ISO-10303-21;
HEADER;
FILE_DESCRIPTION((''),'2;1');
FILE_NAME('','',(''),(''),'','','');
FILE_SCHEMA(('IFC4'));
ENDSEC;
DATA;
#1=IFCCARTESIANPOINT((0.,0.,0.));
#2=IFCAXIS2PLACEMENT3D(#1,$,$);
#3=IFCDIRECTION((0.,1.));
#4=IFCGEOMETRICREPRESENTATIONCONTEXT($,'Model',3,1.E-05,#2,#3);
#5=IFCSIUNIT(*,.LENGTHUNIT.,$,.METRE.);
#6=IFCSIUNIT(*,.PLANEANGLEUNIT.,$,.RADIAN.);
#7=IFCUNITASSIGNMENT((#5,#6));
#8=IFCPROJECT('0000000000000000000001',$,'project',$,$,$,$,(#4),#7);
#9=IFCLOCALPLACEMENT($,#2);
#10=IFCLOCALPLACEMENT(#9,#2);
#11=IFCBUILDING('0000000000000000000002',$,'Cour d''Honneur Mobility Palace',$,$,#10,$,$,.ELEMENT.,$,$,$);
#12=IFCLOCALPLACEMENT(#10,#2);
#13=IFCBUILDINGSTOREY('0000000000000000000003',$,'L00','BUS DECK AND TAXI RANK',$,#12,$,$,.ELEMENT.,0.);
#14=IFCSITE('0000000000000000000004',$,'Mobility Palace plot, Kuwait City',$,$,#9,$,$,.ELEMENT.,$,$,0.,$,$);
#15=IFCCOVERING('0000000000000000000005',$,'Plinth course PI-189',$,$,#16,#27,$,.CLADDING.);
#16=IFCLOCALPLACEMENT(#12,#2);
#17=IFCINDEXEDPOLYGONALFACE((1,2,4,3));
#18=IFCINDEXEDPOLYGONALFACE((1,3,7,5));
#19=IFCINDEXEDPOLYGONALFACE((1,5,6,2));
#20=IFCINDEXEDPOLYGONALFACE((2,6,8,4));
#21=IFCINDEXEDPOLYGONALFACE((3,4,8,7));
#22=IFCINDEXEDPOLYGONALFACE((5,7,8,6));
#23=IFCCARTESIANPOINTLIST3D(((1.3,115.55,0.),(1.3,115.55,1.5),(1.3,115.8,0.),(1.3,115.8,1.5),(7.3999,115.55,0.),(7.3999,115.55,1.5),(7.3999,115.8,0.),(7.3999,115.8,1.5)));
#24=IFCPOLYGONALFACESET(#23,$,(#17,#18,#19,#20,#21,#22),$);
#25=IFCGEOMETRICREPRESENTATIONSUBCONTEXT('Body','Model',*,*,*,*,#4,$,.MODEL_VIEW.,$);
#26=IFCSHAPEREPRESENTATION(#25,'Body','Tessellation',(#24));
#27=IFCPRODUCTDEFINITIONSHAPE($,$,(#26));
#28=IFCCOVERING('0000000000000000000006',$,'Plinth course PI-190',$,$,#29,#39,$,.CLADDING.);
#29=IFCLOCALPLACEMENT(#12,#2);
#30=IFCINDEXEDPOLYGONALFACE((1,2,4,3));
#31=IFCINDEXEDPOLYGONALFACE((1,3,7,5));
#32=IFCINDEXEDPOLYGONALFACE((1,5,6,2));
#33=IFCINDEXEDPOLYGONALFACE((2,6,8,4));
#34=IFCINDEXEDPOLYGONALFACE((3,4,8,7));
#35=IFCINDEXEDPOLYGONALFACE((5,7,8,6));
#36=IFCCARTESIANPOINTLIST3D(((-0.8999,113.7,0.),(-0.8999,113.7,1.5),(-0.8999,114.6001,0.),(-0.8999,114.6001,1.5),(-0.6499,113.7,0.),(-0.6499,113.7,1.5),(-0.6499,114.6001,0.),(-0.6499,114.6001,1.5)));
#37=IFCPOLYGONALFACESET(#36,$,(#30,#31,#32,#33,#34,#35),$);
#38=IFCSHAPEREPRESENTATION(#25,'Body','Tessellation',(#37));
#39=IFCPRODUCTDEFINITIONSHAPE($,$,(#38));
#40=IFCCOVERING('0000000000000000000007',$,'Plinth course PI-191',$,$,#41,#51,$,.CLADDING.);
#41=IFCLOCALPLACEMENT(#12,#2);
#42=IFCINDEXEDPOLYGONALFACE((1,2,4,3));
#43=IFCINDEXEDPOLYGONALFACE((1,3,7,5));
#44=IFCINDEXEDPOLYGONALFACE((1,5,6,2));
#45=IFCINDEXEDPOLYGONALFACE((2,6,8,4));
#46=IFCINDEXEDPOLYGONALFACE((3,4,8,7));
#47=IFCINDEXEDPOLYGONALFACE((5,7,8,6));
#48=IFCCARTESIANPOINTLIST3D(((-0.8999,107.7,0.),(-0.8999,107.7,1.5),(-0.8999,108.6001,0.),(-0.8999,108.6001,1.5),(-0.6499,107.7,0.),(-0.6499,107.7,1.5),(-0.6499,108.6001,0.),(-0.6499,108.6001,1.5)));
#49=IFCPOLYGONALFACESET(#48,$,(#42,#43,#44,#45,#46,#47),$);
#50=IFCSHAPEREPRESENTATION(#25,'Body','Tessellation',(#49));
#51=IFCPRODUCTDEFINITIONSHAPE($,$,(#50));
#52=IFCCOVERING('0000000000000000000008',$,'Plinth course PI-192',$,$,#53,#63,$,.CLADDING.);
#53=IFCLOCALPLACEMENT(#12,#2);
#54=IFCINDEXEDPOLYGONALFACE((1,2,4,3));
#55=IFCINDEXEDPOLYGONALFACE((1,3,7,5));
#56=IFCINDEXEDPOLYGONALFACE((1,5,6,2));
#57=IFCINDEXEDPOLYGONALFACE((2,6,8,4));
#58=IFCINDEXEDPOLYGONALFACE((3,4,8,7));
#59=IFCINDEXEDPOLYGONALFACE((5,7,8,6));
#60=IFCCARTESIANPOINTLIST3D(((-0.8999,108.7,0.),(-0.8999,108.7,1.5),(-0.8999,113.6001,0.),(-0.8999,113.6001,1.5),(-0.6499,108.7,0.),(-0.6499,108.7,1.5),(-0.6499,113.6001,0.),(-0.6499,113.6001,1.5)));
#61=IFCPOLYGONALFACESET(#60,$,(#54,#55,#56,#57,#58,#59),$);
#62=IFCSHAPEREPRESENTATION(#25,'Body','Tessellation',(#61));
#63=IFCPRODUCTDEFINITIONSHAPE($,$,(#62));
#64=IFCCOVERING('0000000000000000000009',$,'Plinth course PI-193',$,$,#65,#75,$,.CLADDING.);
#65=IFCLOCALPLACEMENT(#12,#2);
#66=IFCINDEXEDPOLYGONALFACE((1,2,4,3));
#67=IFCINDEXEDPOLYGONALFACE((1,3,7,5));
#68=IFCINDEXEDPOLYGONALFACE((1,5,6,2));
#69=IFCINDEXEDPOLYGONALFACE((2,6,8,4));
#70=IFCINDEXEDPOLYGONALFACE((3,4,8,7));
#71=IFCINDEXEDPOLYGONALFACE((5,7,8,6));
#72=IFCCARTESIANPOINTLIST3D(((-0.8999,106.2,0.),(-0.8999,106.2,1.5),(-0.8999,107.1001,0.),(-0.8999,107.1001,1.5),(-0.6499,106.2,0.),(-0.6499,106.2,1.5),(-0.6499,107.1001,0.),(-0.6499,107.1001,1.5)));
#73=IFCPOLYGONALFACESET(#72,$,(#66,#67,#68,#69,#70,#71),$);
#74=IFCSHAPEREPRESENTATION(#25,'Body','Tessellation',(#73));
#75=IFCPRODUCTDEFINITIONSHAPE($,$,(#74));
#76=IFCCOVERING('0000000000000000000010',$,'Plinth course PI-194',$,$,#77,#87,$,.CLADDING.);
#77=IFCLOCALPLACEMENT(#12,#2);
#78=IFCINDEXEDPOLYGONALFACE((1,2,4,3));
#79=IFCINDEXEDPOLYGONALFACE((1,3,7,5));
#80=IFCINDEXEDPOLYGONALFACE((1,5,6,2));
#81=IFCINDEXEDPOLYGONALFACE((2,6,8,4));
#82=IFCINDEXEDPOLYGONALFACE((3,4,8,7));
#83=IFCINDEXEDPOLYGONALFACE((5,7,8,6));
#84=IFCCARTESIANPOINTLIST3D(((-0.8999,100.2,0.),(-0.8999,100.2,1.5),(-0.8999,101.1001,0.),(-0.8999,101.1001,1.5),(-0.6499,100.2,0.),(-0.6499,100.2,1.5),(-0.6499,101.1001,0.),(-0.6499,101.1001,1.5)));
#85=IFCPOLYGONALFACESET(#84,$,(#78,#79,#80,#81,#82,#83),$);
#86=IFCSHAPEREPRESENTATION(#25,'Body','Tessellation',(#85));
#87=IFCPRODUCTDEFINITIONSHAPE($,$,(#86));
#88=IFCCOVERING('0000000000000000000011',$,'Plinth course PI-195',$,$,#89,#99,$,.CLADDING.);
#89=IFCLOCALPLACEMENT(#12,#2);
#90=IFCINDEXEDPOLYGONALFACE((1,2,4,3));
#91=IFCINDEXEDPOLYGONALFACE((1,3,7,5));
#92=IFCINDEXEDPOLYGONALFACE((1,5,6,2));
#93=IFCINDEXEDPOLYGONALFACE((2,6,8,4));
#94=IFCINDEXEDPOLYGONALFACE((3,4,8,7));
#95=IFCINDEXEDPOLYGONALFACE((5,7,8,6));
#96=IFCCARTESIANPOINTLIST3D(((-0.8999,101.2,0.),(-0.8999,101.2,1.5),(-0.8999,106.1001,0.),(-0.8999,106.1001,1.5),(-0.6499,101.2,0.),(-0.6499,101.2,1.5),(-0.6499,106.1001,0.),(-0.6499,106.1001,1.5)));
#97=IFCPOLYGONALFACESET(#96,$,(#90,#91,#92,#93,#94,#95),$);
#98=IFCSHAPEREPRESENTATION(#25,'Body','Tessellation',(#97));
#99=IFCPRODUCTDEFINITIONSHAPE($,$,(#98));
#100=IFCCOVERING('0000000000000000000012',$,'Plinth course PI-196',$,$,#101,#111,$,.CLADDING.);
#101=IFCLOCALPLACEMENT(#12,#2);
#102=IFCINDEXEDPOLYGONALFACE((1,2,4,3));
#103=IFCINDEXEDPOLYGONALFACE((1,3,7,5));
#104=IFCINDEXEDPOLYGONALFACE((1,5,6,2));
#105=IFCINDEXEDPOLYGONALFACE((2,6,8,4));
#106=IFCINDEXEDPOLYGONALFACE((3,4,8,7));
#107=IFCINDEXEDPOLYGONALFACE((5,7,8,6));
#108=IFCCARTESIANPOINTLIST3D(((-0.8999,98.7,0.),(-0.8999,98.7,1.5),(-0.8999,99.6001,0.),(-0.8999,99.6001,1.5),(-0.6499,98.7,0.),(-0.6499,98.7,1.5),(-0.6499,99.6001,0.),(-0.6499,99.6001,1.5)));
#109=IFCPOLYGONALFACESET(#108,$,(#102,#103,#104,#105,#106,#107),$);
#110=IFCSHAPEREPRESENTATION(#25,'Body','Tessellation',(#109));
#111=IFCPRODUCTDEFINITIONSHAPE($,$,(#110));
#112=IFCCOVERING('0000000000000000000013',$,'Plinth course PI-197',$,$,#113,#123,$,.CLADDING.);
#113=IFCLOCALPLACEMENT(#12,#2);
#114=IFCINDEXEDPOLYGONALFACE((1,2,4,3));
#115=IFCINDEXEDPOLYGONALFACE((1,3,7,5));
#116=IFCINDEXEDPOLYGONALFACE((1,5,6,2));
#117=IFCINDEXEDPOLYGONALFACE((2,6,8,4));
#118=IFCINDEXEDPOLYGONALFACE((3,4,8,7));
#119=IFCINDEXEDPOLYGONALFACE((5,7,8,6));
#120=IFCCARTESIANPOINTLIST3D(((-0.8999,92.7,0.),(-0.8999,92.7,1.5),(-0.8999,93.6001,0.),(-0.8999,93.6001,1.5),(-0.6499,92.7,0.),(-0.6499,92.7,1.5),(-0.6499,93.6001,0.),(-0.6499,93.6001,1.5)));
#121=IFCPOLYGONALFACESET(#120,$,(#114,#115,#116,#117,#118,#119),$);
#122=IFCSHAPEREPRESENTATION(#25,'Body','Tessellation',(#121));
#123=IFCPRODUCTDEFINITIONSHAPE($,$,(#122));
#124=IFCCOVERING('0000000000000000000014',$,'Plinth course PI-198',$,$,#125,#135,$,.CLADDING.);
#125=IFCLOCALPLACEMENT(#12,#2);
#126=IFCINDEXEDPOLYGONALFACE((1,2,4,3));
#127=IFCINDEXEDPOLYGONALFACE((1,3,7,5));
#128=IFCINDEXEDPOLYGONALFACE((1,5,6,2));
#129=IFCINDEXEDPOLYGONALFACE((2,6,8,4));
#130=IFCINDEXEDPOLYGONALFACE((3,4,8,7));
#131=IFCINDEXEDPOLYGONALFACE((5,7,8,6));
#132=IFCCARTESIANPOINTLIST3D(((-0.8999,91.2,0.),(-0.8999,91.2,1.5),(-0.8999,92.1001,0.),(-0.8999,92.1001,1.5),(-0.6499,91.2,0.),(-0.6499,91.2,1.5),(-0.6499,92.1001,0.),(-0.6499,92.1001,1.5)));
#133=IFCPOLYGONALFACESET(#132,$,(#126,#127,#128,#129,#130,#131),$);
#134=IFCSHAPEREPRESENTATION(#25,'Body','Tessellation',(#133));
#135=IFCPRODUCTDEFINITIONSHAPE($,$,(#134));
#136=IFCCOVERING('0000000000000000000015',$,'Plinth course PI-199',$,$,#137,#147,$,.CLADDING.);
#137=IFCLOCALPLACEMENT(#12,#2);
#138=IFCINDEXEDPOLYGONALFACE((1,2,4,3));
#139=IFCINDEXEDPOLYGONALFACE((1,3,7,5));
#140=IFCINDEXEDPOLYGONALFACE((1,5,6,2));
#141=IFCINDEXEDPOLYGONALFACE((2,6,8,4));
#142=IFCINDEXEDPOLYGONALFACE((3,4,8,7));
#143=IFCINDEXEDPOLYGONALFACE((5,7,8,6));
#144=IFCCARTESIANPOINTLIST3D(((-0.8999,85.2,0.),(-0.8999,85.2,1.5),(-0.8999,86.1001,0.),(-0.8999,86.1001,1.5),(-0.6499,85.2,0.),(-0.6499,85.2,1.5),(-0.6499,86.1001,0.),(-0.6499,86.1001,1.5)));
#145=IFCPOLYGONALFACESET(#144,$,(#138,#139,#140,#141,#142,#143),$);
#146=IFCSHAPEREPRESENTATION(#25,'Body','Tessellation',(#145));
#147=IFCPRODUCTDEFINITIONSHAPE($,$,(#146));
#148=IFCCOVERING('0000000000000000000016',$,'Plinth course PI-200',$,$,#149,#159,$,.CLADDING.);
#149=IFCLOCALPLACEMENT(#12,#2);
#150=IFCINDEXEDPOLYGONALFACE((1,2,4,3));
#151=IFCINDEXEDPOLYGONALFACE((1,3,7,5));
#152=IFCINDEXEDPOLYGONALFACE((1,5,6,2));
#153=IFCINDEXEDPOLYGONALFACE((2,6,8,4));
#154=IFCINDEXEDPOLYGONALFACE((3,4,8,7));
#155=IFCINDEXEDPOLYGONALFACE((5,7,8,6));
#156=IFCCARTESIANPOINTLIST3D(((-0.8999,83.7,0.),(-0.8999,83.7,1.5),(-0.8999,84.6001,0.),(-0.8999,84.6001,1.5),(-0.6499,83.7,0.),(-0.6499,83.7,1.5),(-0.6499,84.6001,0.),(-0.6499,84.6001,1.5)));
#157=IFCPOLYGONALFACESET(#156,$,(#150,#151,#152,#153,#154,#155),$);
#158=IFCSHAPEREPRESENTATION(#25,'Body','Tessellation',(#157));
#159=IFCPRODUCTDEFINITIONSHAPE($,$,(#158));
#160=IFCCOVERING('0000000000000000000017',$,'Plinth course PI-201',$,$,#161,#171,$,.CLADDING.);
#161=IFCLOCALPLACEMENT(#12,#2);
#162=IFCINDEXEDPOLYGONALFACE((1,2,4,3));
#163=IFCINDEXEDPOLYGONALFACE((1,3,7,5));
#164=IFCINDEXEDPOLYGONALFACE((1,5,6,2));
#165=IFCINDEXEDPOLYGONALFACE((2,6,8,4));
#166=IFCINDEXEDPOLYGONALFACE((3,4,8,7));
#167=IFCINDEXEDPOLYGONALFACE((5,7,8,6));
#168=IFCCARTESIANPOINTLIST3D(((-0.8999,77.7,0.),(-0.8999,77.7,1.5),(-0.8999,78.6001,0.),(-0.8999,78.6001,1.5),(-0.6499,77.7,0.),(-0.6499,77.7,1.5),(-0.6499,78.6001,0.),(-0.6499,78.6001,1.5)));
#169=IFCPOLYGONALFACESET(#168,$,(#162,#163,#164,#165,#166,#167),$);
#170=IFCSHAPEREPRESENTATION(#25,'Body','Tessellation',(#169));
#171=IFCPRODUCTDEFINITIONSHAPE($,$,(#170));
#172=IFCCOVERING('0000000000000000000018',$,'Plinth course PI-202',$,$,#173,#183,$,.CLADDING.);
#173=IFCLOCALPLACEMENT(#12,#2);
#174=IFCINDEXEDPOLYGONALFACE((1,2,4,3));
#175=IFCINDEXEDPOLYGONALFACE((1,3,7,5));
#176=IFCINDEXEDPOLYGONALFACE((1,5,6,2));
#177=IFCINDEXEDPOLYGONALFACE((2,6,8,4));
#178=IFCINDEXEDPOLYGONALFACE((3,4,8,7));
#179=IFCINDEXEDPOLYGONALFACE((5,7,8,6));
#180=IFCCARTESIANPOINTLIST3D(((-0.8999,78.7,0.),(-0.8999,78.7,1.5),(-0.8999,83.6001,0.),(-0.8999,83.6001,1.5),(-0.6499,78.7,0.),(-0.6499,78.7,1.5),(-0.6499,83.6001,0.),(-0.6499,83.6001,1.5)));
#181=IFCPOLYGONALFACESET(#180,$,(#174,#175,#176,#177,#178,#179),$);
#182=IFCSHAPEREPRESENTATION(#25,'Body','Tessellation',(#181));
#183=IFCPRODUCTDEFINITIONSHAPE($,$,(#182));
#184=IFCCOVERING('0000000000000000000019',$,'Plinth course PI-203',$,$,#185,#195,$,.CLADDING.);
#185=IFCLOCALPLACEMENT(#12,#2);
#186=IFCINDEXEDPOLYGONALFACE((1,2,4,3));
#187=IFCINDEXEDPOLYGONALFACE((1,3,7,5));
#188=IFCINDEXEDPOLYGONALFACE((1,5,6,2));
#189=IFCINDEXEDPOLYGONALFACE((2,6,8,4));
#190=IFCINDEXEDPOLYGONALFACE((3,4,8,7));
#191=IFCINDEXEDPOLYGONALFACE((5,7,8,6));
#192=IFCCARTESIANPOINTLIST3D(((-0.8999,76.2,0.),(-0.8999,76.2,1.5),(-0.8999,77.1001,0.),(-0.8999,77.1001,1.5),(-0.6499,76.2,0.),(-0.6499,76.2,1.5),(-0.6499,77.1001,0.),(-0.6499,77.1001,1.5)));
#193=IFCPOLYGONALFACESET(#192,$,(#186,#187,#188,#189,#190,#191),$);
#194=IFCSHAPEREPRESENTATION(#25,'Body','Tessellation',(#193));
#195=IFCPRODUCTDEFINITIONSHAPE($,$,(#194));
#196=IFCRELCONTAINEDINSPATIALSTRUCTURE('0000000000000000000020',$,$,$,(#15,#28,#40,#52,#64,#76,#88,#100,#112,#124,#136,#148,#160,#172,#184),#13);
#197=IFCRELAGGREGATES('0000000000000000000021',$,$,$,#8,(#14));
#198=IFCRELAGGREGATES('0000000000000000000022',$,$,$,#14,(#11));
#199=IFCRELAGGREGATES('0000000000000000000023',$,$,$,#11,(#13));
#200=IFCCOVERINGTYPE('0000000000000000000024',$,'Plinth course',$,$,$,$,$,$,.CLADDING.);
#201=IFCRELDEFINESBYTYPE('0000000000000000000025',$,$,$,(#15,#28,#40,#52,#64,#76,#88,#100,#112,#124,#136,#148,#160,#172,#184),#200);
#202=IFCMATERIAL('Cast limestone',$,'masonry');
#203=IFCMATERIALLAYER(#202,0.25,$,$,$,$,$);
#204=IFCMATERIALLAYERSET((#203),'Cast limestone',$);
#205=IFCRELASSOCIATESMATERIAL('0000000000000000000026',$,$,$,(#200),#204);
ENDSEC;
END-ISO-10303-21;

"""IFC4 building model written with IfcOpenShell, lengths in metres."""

from ifc_helpers import new_model, si_unit, direction, origin, place, context, subcontext, project, spatial, polyline, outline, extrude, material, layer, layer_set, type_object, element, save


model = new_model("IFC4")

# Units and contexts
model_context = context("Model", 3, precision=1e-05, world=origin(), true_north=direction((0.0, 1.0)))
body_context = subcontext(model_context, "Body", "Model", "MODEL_VIEW")
ifc_project = project(units=[si_unit("LENGTHUNIT", "METRE"), si_unit("PLANEANGLEUNIT", "RADIAN")], contexts=[model_context])

# Site, building, storey
site_placement = place(None, origin())
site = spatial("IfcSite", under=ifc_project, at=site_placement, Name="Mobility Palace plot, Kuwait City", CompositionType="ELEMENT", RefElevation=0.0)
building_placement = place(site_placement, origin())
building = spatial("IfcBuilding", under=site, at=building_placement, Name="Cour d'Honneur Mobility Palace", CompositionType="ELEMENT")
storey_placement = place(building_placement, origin())
storey = spatial("IfcBuildingStorey", under=building, at=storey_placement, Name="L00", Description="BUS DECK AND TAXI RANK", CompositionType="ELEMENT", Elevation=0.0)

# Coverings
ifc_material = material(Name="Cast limestone", Category="masonry")
ifc_layer = layer(ifc_material, 0.25)
ifc_layer_set = layer_set([ifc_layer], Name="Cast limestone")
covering_type = type_object("IfcCoveringType", Name="Plinth course", PredefinedType="CLADDING", material=ifc_layer_set)
covering_1_placement = place(storey_placement, origin())
element("IfcCovering", 1, at=covering_1_placement, inside=storey, type_object=covering_type, Name="Plinth course PI-189", PredefinedType="CLADDING", context=body_context, shape_type="SweptSolid", body=[
    extrude(outline(polyline([(7.3999, 115.55), (1.3, 115.55), (1.3, 115.8), (7.3999, 115.8), (7.3999, 115.55)])), origin(), (0.0, 0.0, 1.0), 1.5),
])
covering_2_placement = place(storey_placement, origin())
element("IfcCovering", 2, at=covering_2_placement, inside=storey, type_object=covering_type, Name="Plinth course PI-190", PredefinedType="CLADDING", context=body_context, shape_type="SweptSolid", body=[
    extrude(outline(polyline([(-0.6499, 114.6001), (-0.6499, 113.7), (-0.8999, 113.7), (-0.8999, 114.6001), (-0.6499, 114.6001)])), origin(), (0.0, 0.0, 1.0), 1.5),
])
covering_3_placement = place(storey_placement, origin())
element("IfcCovering", 3, at=covering_3_placement, inside=storey, type_object=covering_type, Name="Plinth course PI-191", PredefinedType="CLADDING", context=body_context, shape_type="SweptSolid", body=[
    extrude(outline(polyline([(-0.6499, 108.6001), (-0.6499, 107.7), (-0.8999, 107.7), (-0.8999, 108.6001), (-0.6499, 108.6001)])), origin(), (0.0, 0.0, 1.0), 1.5),
])
covering_4_placement = place(storey_placement, origin())
element("IfcCovering", 4, at=covering_4_placement, inside=storey, type_object=covering_type, Name="Plinth course PI-192", PredefinedType="CLADDING", context=body_context, shape_type="SweptSolid", body=[
    extrude(outline(polyline([(-0.6499, 113.6001), (-0.6499, 108.7), (-0.8999, 108.7), (-0.8999, 113.6001), (-0.6499, 113.6001)])), origin(), (0.0, 0.0, 1.0), 1.5),
])
covering_5_placement = place(storey_placement, origin())
element("IfcCovering", 5, at=covering_5_placement, inside=storey, type_object=covering_type, Name="Plinth course PI-193", PredefinedType="CLADDING", context=body_context, shape_type="SweptSolid", body=[
    extrude(outline(polyline([(-0.6499, 107.1001), (-0.6499, 106.2), (-0.8999, 106.2), (-0.8999, 107.1001), (-0.6499, 107.1001)])), origin(), (0.0, 0.0, 1.0), 1.5),
])
covering_6_placement = place(storey_placement, origin())
element("IfcCovering", 6, at=covering_6_placement, inside=storey, type_object=covering_type, Name="Plinth course PI-194", PredefinedType="CLADDING", context=body_context, shape_type="SweptSolid", body=[
    extrude(outline(polyline([(-0.6499, 101.1001), (-0.6499, 100.2), (-0.8999, 100.2), (-0.8999, 101.1001), (-0.6499, 101.1001)])), origin(), (0.0, 0.0, 1.0), 1.5),
])
covering_7_placement = place(storey_placement, origin())
element("IfcCovering", 7, at=covering_7_placement, inside=storey, type_object=covering_type, Name="Plinth course PI-195", PredefinedType="CLADDING", context=body_context, shape_type="SweptSolid", body=[
    extrude(outline(polyline([(-0.6499, 106.1001), (-0.6499, 101.2), (-0.8999, 101.2), (-0.8999, 106.1001), (-0.6499, 106.1001)])), origin(), (0.0, 0.0, 1.0), 1.5),
])
covering_8_placement = place(storey_placement, origin())
element("IfcCovering", 8, at=covering_8_placement, inside=storey, type_object=covering_type, Name="Plinth course PI-196", PredefinedType="CLADDING", context=body_context, shape_type="SweptSolid", body=[
    extrude(outline(polyline([(-0.6499, 99.6001), (-0.6499, 98.7), (-0.8999, 98.7), (-0.8999, 99.6001), (-0.6499, 99.6001)])), origin(), (0.0, 0.0, 1.0), 1.5),
])
covering_9_placement = place(storey_placement, origin())
element("IfcCovering", 9, at=covering_9_placement, inside=storey, type_object=covering_type, Name="Plinth course PI-197", PredefinedType="CLADDING", context=body_context, shape_type="SweptSolid", body=[
    extrude(outline(polyline([(-0.6499, 93.6001), (-0.6499, 92.7), (-0.8999, 92.7), (-0.8999, 93.6001), (-0.6499, 93.6001)])), origin(), (0.0, 0.0, 1.0), 1.5),
])
covering_10_placement = place(storey_placement, origin())
element("IfcCovering", 10, at=covering_10_placement, inside=storey, type_object=covering_type, Name="Plinth course PI-198", PredefinedType="CLADDING", context=body_context, shape_type="SweptSolid", body=[
    extrude(outline(polyline([(-0.6499, 92.1001), (-0.6499, 91.2), (-0.8999, 91.2), (-0.8999, 92.1001), (-0.6499, 92.1001)])), origin(), (0.0, 0.0, 1.0), 1.5),
])
covering_11_placement = place(storey_placement, origin())
element("IfcCovering", 11, at=covering_11_placement, inside=storey, type_object=covering_type, Name="Plinth course PI-199", PredefinedType="CLADDING", context=body_context, shape_type="SweptSolid", body=[
    extrude(outline(polyline([(-0.6499, 86.1001), (-0.6499, 85.2), (-0.8999, 85.2), (-0.8999, 86.1001), (-0.6499, 86.1001)])), origin(), (0.0, 0.0, 1.0), 1.5),
])
covering_12_placement = place(storey_placement, origin())
element("IfcCovering", 12, at=covering_12_placement, inside=storey, type_object=covering_type, Name="Plinth course PI-200", PredefinedType="CLADDING", context=body_context, shape_type="SweptSolid", body=[
    extrude(outline(polyline([(-0.6499, 84.6001), (-0.6499, 83.7), (-0.8999, 83.7), (-0.8999, 84.6001), (-0.6499, 84.6001)])), origin(), (0.0, 0.0, 1.0), 1.5),
])
covering_13_placement = place(storey_placement, origin())
element("IfcCovering", 13, at=covering_13_placement, inside=storey, type_object=covering_type, Name="Plinth course PI-201", PredefinedType="CLADDING", context=body_context, shape_type="SweptSolid", body=[
    extrude(outline(polyline([(-0.6499, 78.6001), (-0.6499, 77.7), (-0.8999, 77.7), (-0.8999, 78.6001), (-0.6499, 78.6001)])), origin(), (0.0, 0.0, 1.0), 1.5),
])
covering_14_placement = place(storey_placement, origin())
element("IfcCovering", 14, at=covering_14_placement, inside=storey, type_object=covering_type, Name="Plinth course PI-202", PredefinedType="CLADDING", context=body_context, shape_type="SweptSolid", body=[
    extrude(outline(polyline([(-0.6499, 83.6001), (-0.6499, 78.7), (-0.8999, 78.7), (-0.8999, 83.6001), (-0.6499, 83.6001)])), origin(), (0.0, 0.0, 1.0), 1.5),
])
covering_15_placement = place(storey_placement, origin())
element("IfcCovering", 15, at=covering_15_placement, inside=storey, type_object=covering_type, Name="Plinth course PI-203", PredefinedType="CLADDING", context=body_context, shape_type="SweptSolid", body=[
    extrude(outline(polyline([(-0.6499, 77.1001), (-0.6499, 76.2), (-0.8999, 76.2), (-0.8999, 77.1001), (-0.6499, 77.1001)])), origin(), (0.0, 0.0, 1.0), 1.5),
])

save(model, "model.ifc")
